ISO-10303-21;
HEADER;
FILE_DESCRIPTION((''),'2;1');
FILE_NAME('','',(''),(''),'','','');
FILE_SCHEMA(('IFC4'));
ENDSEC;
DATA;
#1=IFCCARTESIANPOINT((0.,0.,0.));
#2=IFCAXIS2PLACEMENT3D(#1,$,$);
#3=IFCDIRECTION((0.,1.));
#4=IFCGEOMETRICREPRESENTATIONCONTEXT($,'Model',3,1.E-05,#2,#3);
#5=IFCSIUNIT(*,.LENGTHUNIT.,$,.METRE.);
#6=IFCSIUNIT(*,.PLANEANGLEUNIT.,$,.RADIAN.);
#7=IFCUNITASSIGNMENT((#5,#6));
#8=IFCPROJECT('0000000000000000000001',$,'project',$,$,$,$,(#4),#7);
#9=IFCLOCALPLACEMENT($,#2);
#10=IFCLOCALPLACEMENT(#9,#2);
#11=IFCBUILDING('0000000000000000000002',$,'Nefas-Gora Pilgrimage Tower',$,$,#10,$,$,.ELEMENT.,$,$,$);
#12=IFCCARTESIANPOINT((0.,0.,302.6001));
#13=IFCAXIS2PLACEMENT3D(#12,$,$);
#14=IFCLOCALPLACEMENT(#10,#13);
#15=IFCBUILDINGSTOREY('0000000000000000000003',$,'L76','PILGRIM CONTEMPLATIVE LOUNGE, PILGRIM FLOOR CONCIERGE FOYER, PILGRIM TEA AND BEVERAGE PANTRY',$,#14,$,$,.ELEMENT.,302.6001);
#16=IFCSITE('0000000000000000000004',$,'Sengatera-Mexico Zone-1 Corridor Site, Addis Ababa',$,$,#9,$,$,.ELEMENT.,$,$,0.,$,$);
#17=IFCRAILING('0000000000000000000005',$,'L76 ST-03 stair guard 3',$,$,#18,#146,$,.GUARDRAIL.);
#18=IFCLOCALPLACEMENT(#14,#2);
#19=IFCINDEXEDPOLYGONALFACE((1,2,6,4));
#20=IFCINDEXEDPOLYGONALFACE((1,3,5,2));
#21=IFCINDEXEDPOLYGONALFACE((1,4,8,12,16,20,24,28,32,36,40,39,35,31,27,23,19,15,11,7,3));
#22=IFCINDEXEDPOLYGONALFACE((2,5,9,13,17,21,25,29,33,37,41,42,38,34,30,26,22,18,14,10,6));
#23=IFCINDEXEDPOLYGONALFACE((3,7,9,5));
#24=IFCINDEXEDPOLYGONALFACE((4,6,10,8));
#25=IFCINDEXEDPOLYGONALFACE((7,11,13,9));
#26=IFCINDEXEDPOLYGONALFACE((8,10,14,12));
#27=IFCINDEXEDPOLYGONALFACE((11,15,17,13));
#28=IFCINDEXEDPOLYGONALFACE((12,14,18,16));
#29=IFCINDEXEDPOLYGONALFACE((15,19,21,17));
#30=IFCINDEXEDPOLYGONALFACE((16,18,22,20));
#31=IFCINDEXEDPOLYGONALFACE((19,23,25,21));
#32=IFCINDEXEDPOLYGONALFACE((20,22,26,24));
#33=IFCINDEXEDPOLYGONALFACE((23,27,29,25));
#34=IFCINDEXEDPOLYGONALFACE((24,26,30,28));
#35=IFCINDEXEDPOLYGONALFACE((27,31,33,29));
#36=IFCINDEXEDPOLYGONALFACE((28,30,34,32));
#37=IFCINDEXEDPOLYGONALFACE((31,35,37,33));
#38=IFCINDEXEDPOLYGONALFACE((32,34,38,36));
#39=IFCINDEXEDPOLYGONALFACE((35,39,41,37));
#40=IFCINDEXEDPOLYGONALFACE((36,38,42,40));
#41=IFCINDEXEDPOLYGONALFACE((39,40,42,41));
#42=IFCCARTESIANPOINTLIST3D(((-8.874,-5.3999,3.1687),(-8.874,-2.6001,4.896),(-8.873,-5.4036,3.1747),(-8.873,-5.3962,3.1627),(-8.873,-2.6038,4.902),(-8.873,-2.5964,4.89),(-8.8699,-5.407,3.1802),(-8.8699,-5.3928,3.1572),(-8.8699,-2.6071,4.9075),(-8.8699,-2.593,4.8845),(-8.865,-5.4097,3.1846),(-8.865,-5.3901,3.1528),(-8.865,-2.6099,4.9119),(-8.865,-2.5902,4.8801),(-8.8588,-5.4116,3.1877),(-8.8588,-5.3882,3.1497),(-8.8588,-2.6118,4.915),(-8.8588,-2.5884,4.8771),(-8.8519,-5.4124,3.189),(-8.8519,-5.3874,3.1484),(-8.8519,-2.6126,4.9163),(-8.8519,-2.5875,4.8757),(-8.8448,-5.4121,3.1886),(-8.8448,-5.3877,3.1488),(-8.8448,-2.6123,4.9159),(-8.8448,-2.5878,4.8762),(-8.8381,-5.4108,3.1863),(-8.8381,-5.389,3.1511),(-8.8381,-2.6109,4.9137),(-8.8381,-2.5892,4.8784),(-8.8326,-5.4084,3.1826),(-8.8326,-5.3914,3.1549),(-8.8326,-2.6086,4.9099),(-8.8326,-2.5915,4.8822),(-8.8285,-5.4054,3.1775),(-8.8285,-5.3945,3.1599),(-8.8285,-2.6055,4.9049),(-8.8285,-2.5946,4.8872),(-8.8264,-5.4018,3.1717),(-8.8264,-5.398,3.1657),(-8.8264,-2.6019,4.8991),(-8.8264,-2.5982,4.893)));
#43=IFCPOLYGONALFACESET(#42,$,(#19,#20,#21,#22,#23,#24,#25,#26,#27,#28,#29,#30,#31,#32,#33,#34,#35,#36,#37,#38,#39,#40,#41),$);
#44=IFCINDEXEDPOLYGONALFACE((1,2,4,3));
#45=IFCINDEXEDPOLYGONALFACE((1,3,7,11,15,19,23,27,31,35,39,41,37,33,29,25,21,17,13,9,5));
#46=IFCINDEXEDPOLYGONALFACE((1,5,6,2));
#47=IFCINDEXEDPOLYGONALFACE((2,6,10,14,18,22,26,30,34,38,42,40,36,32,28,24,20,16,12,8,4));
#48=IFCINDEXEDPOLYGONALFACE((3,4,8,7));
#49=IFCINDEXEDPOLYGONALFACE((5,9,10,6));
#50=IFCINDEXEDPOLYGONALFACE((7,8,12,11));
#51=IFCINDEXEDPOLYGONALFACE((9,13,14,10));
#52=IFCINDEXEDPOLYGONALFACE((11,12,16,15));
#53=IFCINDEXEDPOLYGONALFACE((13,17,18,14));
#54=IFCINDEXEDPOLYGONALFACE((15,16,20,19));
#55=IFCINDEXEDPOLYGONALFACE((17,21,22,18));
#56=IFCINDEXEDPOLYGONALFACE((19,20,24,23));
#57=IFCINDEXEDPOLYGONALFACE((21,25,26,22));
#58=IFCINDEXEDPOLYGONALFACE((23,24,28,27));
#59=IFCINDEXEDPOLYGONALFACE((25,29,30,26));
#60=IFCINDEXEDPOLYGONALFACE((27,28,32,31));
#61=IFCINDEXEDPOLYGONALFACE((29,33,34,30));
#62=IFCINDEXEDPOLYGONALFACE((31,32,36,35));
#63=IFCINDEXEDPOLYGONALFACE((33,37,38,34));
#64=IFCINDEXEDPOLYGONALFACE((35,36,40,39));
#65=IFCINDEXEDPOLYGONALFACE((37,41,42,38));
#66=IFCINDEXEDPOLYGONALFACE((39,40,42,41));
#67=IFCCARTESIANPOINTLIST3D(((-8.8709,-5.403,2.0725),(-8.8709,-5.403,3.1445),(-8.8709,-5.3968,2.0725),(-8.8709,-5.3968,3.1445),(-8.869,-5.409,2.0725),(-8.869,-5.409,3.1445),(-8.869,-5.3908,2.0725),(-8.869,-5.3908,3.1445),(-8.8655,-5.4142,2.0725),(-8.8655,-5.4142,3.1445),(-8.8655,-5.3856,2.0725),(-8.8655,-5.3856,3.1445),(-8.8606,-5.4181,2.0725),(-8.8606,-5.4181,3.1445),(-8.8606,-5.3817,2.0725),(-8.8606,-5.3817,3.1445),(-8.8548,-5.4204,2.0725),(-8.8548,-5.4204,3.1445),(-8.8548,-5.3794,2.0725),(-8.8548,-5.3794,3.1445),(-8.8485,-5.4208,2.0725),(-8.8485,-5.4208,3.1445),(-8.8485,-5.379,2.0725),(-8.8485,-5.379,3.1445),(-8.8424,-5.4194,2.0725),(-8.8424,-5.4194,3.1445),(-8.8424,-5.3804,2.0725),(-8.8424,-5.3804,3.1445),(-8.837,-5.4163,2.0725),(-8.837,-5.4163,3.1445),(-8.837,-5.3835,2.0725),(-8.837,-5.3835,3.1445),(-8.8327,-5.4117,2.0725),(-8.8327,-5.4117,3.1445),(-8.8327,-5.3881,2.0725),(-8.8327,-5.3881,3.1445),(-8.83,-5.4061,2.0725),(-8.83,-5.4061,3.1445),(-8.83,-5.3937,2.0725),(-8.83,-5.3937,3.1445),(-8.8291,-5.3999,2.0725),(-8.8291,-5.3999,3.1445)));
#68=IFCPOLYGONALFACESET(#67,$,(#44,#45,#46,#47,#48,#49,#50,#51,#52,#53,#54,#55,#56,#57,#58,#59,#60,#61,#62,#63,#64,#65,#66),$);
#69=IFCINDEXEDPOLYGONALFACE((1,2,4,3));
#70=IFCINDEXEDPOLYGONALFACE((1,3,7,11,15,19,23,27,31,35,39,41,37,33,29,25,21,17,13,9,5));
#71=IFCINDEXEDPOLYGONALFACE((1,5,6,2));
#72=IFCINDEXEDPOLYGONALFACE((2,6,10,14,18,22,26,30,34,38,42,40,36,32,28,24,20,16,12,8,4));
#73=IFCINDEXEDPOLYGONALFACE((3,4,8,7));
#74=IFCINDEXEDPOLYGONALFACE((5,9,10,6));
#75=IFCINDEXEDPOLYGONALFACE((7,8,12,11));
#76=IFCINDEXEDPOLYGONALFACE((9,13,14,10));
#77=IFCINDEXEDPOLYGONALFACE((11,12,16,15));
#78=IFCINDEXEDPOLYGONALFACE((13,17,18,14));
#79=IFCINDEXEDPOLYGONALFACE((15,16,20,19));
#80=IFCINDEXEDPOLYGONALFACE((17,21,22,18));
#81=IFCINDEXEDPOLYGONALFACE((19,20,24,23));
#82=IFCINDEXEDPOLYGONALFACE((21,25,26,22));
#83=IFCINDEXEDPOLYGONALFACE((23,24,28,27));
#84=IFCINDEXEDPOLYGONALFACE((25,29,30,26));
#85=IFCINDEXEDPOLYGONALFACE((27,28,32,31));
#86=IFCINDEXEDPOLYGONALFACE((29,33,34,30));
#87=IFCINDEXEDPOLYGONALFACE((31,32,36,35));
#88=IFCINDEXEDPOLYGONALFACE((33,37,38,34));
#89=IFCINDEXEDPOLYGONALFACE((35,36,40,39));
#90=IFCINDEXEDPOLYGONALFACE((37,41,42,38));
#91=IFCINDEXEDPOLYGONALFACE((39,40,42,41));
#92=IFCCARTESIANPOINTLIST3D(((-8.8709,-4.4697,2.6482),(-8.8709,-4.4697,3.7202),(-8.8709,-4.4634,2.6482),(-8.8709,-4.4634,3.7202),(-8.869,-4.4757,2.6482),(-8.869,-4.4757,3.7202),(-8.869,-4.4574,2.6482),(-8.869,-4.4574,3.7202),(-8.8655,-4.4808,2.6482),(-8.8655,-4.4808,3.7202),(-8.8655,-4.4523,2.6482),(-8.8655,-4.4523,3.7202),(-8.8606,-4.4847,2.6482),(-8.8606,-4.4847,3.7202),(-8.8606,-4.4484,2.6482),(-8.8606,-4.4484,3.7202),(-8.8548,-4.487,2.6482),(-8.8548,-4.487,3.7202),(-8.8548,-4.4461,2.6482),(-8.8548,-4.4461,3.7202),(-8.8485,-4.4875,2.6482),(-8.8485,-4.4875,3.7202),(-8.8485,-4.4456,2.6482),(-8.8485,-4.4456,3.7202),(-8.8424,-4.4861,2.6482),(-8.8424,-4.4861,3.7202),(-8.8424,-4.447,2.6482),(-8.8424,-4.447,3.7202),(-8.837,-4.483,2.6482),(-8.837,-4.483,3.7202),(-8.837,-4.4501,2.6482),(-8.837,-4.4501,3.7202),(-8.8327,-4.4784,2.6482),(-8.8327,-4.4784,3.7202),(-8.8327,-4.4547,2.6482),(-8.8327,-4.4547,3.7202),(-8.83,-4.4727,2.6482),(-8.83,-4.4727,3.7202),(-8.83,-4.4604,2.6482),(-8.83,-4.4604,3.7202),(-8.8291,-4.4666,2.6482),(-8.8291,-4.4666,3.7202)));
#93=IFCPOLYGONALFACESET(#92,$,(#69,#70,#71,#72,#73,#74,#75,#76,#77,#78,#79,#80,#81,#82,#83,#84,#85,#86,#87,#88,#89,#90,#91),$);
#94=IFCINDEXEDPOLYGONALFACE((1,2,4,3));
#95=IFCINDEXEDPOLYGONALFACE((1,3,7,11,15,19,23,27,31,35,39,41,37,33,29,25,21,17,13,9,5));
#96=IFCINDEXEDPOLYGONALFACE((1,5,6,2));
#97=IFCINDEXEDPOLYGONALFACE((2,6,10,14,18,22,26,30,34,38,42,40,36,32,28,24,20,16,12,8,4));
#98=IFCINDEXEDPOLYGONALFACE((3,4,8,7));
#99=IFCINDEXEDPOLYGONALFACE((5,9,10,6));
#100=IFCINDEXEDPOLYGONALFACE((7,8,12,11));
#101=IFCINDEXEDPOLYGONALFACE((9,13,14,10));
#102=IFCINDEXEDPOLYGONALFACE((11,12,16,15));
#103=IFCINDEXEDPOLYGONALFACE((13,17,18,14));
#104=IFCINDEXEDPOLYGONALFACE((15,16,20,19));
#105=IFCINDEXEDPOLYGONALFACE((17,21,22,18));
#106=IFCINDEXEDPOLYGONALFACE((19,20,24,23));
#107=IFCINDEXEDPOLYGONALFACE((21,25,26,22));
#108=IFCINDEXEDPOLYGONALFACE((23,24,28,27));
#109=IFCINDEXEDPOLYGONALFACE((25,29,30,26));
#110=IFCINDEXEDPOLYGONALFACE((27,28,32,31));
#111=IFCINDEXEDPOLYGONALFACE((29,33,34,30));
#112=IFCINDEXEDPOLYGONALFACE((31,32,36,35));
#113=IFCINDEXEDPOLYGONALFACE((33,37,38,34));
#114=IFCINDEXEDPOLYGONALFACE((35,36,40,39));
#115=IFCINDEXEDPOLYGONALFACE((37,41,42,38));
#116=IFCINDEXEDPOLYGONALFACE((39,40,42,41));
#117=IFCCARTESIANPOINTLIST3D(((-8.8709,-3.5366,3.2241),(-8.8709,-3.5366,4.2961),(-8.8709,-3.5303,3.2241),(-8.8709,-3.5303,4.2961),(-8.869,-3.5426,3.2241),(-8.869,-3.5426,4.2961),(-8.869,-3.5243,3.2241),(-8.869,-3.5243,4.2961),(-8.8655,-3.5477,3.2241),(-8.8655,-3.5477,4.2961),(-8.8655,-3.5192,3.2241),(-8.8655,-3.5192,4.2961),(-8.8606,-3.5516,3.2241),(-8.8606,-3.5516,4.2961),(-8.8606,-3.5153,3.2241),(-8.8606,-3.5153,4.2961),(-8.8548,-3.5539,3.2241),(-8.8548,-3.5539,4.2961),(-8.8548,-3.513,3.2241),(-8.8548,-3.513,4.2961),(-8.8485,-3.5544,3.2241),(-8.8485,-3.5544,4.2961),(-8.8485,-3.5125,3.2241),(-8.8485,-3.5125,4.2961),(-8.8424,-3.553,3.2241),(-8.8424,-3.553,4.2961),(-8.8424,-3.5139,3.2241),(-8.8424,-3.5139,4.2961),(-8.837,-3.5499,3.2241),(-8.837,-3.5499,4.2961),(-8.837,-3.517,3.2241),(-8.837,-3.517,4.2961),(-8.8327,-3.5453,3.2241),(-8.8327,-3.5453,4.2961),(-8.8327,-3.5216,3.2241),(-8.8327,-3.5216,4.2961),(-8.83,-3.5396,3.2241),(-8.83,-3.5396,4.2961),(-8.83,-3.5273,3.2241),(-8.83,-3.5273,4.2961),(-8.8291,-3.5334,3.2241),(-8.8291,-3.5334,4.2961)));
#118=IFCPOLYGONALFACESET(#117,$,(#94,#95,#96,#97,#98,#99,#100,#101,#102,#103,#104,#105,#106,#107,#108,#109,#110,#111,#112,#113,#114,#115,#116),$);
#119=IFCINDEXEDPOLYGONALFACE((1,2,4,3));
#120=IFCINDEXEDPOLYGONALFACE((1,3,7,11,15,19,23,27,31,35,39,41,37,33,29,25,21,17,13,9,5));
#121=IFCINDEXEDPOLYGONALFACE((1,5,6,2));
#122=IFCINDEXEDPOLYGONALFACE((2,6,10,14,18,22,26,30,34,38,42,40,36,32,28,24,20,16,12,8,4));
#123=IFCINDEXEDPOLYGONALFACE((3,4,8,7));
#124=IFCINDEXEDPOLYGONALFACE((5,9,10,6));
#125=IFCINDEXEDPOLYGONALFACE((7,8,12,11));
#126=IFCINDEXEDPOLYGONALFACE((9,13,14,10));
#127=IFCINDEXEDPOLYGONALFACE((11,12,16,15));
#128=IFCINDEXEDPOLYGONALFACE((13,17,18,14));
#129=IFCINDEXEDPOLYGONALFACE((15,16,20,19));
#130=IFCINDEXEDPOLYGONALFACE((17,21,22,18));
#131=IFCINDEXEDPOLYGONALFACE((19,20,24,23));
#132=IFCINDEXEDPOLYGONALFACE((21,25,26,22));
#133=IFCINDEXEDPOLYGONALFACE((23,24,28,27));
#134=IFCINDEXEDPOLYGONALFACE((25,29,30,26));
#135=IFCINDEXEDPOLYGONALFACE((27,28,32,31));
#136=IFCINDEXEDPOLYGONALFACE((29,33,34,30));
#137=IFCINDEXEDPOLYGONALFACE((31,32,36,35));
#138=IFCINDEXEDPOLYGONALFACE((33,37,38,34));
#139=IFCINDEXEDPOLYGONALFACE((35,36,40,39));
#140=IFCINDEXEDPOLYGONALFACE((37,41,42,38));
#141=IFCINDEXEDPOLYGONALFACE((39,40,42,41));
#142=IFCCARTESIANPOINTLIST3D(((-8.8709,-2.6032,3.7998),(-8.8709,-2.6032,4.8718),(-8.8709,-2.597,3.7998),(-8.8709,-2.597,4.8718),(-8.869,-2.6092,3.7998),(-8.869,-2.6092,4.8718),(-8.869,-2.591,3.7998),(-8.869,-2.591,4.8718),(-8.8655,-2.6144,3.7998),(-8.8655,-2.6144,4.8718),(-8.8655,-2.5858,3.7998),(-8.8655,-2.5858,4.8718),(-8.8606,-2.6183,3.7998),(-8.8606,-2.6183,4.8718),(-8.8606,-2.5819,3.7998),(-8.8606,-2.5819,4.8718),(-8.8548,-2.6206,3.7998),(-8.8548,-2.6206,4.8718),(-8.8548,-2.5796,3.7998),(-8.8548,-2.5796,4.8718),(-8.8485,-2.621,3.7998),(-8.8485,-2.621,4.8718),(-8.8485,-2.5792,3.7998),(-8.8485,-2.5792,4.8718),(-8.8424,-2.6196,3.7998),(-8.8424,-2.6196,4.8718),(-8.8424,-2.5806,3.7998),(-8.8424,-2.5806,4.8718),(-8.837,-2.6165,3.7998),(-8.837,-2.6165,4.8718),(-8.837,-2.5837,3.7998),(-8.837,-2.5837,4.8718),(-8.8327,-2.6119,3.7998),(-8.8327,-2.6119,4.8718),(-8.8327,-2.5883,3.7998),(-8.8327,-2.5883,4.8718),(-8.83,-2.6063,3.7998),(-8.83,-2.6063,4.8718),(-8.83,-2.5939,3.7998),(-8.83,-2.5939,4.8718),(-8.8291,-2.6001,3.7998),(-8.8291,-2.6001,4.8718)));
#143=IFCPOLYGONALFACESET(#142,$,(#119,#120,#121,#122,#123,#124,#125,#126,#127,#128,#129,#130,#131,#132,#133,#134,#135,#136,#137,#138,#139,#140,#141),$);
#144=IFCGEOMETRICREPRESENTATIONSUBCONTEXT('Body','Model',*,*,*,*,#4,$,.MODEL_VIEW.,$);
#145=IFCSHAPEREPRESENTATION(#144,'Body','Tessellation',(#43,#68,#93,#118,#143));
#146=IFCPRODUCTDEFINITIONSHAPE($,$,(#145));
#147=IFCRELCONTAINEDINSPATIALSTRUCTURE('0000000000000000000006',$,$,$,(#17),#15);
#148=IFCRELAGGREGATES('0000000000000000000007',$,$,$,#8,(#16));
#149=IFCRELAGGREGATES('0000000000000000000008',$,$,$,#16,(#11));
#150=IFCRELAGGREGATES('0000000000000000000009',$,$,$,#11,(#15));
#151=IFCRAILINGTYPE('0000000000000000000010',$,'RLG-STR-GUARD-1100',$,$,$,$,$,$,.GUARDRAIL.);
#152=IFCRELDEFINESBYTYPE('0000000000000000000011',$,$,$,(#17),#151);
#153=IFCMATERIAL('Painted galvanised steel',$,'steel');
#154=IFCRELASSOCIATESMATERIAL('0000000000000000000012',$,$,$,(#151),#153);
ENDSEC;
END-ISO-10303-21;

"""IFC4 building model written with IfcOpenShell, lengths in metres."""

from ifc_helpers import new_model, si_unit, direction, frame, origin, origin_2d, place, context, subcontext, project, spatial, circle, extrude, material, type_object, element, save


model = new_model("IFC4")

# Units and contexts
model_context = context("Model", 3, precision=1e-05, world=origin(), true_north=direction((0.0, 1.0)))
body_context = subcontext(model_context, "Body", "Model", "MODEL_VIEW")
ifc_project = project(units=[si_unit("LENGTHUNIT", "METRE"), si_unit("PLANEANGLEUNIT", "RADIAN")], contexts=[model_context])

# Site, building, storey
site_placement = place(None, origin())
site = spatial("IfcSite", under=ifc_project, at=site_placement, Name="Sengatera-Mexico Zone-1 Corridor Site, Addis Ababa", CompositionType="ELEMENT", RefElevation=0.0)
building_placement = place(site_placement, origin())
building = spatial("IfcBuilding", under=site, at=building_placement, Name="Nefas-Gora Pilgrimage Tower", CompositionType="ELEMENT")
storey_placement = place(building_placement, frame((0.0, 0.0, 302.6001)))
storey = spatial("IfcBuildingStorey", under=building, at=storey_placement, Name="L76", Description="PILGRIM CONTEMPLATIVE LOUNGE, PILGRIM FLOOR CONCIERGE FOYER, PILGRIM TEA AND BEVERAGE PANTRY", CompositionType="ELEMENT", Elevation=302.6001)

# Railing
ifc_material_1 = material(Name="Painted galvanised steel", Category="steel")
railing_type_1 = type_object("IfcRailingType", Name="RLG-STR-GUARD-1100", PredefinedType="GUARDRAIL", material=ifc_material_1)
railing_1_placement = place(storey_placement, frame((-8.8501, -5.3999, 2.0725)))
element("IfcRailing", 1, at=railing_1_placement, inside=storey, type_object=railing_type_1, Name="L76 ST-03 stair guard 3", PredefinedType="GUARDRAIL", context=body_context, shape_type="SweptSolid", body=[
    extrude(circle(Radius=0.0239, at=origin_2d()), frame((0.0, 0.0, 1.0962), z_axis=(0.0, 0.851069, 0.525054), x_axis=(-1.0, 0.0, 0.0)), (0.0, 0.0, 1.0), 3.2898),
    extrude(circle(Radius=0.021, at=origin_2d()), origin(), (0.0, 0.0, 1.0), 1.072),
    extrude(circle(Radius=0.021, at=origin_2d()), frame((0.0, 0.9333, 0.5757)), (0.0, 0.0, 1.0), 1.072),
    extrude(circle(Radius=0.021, at=origin_2d()), frame((0.0, 1.8665, 1.1516)), (0.0, 0.0, 1.0), 1.072),
    extrude(circle(Radius=0.021, at=origin_2d()), frame((0.0, 2.7998, 1.7273)), (0.0, 0.0, 1.0), 1.072),
])

save(model, "model.ifc")
